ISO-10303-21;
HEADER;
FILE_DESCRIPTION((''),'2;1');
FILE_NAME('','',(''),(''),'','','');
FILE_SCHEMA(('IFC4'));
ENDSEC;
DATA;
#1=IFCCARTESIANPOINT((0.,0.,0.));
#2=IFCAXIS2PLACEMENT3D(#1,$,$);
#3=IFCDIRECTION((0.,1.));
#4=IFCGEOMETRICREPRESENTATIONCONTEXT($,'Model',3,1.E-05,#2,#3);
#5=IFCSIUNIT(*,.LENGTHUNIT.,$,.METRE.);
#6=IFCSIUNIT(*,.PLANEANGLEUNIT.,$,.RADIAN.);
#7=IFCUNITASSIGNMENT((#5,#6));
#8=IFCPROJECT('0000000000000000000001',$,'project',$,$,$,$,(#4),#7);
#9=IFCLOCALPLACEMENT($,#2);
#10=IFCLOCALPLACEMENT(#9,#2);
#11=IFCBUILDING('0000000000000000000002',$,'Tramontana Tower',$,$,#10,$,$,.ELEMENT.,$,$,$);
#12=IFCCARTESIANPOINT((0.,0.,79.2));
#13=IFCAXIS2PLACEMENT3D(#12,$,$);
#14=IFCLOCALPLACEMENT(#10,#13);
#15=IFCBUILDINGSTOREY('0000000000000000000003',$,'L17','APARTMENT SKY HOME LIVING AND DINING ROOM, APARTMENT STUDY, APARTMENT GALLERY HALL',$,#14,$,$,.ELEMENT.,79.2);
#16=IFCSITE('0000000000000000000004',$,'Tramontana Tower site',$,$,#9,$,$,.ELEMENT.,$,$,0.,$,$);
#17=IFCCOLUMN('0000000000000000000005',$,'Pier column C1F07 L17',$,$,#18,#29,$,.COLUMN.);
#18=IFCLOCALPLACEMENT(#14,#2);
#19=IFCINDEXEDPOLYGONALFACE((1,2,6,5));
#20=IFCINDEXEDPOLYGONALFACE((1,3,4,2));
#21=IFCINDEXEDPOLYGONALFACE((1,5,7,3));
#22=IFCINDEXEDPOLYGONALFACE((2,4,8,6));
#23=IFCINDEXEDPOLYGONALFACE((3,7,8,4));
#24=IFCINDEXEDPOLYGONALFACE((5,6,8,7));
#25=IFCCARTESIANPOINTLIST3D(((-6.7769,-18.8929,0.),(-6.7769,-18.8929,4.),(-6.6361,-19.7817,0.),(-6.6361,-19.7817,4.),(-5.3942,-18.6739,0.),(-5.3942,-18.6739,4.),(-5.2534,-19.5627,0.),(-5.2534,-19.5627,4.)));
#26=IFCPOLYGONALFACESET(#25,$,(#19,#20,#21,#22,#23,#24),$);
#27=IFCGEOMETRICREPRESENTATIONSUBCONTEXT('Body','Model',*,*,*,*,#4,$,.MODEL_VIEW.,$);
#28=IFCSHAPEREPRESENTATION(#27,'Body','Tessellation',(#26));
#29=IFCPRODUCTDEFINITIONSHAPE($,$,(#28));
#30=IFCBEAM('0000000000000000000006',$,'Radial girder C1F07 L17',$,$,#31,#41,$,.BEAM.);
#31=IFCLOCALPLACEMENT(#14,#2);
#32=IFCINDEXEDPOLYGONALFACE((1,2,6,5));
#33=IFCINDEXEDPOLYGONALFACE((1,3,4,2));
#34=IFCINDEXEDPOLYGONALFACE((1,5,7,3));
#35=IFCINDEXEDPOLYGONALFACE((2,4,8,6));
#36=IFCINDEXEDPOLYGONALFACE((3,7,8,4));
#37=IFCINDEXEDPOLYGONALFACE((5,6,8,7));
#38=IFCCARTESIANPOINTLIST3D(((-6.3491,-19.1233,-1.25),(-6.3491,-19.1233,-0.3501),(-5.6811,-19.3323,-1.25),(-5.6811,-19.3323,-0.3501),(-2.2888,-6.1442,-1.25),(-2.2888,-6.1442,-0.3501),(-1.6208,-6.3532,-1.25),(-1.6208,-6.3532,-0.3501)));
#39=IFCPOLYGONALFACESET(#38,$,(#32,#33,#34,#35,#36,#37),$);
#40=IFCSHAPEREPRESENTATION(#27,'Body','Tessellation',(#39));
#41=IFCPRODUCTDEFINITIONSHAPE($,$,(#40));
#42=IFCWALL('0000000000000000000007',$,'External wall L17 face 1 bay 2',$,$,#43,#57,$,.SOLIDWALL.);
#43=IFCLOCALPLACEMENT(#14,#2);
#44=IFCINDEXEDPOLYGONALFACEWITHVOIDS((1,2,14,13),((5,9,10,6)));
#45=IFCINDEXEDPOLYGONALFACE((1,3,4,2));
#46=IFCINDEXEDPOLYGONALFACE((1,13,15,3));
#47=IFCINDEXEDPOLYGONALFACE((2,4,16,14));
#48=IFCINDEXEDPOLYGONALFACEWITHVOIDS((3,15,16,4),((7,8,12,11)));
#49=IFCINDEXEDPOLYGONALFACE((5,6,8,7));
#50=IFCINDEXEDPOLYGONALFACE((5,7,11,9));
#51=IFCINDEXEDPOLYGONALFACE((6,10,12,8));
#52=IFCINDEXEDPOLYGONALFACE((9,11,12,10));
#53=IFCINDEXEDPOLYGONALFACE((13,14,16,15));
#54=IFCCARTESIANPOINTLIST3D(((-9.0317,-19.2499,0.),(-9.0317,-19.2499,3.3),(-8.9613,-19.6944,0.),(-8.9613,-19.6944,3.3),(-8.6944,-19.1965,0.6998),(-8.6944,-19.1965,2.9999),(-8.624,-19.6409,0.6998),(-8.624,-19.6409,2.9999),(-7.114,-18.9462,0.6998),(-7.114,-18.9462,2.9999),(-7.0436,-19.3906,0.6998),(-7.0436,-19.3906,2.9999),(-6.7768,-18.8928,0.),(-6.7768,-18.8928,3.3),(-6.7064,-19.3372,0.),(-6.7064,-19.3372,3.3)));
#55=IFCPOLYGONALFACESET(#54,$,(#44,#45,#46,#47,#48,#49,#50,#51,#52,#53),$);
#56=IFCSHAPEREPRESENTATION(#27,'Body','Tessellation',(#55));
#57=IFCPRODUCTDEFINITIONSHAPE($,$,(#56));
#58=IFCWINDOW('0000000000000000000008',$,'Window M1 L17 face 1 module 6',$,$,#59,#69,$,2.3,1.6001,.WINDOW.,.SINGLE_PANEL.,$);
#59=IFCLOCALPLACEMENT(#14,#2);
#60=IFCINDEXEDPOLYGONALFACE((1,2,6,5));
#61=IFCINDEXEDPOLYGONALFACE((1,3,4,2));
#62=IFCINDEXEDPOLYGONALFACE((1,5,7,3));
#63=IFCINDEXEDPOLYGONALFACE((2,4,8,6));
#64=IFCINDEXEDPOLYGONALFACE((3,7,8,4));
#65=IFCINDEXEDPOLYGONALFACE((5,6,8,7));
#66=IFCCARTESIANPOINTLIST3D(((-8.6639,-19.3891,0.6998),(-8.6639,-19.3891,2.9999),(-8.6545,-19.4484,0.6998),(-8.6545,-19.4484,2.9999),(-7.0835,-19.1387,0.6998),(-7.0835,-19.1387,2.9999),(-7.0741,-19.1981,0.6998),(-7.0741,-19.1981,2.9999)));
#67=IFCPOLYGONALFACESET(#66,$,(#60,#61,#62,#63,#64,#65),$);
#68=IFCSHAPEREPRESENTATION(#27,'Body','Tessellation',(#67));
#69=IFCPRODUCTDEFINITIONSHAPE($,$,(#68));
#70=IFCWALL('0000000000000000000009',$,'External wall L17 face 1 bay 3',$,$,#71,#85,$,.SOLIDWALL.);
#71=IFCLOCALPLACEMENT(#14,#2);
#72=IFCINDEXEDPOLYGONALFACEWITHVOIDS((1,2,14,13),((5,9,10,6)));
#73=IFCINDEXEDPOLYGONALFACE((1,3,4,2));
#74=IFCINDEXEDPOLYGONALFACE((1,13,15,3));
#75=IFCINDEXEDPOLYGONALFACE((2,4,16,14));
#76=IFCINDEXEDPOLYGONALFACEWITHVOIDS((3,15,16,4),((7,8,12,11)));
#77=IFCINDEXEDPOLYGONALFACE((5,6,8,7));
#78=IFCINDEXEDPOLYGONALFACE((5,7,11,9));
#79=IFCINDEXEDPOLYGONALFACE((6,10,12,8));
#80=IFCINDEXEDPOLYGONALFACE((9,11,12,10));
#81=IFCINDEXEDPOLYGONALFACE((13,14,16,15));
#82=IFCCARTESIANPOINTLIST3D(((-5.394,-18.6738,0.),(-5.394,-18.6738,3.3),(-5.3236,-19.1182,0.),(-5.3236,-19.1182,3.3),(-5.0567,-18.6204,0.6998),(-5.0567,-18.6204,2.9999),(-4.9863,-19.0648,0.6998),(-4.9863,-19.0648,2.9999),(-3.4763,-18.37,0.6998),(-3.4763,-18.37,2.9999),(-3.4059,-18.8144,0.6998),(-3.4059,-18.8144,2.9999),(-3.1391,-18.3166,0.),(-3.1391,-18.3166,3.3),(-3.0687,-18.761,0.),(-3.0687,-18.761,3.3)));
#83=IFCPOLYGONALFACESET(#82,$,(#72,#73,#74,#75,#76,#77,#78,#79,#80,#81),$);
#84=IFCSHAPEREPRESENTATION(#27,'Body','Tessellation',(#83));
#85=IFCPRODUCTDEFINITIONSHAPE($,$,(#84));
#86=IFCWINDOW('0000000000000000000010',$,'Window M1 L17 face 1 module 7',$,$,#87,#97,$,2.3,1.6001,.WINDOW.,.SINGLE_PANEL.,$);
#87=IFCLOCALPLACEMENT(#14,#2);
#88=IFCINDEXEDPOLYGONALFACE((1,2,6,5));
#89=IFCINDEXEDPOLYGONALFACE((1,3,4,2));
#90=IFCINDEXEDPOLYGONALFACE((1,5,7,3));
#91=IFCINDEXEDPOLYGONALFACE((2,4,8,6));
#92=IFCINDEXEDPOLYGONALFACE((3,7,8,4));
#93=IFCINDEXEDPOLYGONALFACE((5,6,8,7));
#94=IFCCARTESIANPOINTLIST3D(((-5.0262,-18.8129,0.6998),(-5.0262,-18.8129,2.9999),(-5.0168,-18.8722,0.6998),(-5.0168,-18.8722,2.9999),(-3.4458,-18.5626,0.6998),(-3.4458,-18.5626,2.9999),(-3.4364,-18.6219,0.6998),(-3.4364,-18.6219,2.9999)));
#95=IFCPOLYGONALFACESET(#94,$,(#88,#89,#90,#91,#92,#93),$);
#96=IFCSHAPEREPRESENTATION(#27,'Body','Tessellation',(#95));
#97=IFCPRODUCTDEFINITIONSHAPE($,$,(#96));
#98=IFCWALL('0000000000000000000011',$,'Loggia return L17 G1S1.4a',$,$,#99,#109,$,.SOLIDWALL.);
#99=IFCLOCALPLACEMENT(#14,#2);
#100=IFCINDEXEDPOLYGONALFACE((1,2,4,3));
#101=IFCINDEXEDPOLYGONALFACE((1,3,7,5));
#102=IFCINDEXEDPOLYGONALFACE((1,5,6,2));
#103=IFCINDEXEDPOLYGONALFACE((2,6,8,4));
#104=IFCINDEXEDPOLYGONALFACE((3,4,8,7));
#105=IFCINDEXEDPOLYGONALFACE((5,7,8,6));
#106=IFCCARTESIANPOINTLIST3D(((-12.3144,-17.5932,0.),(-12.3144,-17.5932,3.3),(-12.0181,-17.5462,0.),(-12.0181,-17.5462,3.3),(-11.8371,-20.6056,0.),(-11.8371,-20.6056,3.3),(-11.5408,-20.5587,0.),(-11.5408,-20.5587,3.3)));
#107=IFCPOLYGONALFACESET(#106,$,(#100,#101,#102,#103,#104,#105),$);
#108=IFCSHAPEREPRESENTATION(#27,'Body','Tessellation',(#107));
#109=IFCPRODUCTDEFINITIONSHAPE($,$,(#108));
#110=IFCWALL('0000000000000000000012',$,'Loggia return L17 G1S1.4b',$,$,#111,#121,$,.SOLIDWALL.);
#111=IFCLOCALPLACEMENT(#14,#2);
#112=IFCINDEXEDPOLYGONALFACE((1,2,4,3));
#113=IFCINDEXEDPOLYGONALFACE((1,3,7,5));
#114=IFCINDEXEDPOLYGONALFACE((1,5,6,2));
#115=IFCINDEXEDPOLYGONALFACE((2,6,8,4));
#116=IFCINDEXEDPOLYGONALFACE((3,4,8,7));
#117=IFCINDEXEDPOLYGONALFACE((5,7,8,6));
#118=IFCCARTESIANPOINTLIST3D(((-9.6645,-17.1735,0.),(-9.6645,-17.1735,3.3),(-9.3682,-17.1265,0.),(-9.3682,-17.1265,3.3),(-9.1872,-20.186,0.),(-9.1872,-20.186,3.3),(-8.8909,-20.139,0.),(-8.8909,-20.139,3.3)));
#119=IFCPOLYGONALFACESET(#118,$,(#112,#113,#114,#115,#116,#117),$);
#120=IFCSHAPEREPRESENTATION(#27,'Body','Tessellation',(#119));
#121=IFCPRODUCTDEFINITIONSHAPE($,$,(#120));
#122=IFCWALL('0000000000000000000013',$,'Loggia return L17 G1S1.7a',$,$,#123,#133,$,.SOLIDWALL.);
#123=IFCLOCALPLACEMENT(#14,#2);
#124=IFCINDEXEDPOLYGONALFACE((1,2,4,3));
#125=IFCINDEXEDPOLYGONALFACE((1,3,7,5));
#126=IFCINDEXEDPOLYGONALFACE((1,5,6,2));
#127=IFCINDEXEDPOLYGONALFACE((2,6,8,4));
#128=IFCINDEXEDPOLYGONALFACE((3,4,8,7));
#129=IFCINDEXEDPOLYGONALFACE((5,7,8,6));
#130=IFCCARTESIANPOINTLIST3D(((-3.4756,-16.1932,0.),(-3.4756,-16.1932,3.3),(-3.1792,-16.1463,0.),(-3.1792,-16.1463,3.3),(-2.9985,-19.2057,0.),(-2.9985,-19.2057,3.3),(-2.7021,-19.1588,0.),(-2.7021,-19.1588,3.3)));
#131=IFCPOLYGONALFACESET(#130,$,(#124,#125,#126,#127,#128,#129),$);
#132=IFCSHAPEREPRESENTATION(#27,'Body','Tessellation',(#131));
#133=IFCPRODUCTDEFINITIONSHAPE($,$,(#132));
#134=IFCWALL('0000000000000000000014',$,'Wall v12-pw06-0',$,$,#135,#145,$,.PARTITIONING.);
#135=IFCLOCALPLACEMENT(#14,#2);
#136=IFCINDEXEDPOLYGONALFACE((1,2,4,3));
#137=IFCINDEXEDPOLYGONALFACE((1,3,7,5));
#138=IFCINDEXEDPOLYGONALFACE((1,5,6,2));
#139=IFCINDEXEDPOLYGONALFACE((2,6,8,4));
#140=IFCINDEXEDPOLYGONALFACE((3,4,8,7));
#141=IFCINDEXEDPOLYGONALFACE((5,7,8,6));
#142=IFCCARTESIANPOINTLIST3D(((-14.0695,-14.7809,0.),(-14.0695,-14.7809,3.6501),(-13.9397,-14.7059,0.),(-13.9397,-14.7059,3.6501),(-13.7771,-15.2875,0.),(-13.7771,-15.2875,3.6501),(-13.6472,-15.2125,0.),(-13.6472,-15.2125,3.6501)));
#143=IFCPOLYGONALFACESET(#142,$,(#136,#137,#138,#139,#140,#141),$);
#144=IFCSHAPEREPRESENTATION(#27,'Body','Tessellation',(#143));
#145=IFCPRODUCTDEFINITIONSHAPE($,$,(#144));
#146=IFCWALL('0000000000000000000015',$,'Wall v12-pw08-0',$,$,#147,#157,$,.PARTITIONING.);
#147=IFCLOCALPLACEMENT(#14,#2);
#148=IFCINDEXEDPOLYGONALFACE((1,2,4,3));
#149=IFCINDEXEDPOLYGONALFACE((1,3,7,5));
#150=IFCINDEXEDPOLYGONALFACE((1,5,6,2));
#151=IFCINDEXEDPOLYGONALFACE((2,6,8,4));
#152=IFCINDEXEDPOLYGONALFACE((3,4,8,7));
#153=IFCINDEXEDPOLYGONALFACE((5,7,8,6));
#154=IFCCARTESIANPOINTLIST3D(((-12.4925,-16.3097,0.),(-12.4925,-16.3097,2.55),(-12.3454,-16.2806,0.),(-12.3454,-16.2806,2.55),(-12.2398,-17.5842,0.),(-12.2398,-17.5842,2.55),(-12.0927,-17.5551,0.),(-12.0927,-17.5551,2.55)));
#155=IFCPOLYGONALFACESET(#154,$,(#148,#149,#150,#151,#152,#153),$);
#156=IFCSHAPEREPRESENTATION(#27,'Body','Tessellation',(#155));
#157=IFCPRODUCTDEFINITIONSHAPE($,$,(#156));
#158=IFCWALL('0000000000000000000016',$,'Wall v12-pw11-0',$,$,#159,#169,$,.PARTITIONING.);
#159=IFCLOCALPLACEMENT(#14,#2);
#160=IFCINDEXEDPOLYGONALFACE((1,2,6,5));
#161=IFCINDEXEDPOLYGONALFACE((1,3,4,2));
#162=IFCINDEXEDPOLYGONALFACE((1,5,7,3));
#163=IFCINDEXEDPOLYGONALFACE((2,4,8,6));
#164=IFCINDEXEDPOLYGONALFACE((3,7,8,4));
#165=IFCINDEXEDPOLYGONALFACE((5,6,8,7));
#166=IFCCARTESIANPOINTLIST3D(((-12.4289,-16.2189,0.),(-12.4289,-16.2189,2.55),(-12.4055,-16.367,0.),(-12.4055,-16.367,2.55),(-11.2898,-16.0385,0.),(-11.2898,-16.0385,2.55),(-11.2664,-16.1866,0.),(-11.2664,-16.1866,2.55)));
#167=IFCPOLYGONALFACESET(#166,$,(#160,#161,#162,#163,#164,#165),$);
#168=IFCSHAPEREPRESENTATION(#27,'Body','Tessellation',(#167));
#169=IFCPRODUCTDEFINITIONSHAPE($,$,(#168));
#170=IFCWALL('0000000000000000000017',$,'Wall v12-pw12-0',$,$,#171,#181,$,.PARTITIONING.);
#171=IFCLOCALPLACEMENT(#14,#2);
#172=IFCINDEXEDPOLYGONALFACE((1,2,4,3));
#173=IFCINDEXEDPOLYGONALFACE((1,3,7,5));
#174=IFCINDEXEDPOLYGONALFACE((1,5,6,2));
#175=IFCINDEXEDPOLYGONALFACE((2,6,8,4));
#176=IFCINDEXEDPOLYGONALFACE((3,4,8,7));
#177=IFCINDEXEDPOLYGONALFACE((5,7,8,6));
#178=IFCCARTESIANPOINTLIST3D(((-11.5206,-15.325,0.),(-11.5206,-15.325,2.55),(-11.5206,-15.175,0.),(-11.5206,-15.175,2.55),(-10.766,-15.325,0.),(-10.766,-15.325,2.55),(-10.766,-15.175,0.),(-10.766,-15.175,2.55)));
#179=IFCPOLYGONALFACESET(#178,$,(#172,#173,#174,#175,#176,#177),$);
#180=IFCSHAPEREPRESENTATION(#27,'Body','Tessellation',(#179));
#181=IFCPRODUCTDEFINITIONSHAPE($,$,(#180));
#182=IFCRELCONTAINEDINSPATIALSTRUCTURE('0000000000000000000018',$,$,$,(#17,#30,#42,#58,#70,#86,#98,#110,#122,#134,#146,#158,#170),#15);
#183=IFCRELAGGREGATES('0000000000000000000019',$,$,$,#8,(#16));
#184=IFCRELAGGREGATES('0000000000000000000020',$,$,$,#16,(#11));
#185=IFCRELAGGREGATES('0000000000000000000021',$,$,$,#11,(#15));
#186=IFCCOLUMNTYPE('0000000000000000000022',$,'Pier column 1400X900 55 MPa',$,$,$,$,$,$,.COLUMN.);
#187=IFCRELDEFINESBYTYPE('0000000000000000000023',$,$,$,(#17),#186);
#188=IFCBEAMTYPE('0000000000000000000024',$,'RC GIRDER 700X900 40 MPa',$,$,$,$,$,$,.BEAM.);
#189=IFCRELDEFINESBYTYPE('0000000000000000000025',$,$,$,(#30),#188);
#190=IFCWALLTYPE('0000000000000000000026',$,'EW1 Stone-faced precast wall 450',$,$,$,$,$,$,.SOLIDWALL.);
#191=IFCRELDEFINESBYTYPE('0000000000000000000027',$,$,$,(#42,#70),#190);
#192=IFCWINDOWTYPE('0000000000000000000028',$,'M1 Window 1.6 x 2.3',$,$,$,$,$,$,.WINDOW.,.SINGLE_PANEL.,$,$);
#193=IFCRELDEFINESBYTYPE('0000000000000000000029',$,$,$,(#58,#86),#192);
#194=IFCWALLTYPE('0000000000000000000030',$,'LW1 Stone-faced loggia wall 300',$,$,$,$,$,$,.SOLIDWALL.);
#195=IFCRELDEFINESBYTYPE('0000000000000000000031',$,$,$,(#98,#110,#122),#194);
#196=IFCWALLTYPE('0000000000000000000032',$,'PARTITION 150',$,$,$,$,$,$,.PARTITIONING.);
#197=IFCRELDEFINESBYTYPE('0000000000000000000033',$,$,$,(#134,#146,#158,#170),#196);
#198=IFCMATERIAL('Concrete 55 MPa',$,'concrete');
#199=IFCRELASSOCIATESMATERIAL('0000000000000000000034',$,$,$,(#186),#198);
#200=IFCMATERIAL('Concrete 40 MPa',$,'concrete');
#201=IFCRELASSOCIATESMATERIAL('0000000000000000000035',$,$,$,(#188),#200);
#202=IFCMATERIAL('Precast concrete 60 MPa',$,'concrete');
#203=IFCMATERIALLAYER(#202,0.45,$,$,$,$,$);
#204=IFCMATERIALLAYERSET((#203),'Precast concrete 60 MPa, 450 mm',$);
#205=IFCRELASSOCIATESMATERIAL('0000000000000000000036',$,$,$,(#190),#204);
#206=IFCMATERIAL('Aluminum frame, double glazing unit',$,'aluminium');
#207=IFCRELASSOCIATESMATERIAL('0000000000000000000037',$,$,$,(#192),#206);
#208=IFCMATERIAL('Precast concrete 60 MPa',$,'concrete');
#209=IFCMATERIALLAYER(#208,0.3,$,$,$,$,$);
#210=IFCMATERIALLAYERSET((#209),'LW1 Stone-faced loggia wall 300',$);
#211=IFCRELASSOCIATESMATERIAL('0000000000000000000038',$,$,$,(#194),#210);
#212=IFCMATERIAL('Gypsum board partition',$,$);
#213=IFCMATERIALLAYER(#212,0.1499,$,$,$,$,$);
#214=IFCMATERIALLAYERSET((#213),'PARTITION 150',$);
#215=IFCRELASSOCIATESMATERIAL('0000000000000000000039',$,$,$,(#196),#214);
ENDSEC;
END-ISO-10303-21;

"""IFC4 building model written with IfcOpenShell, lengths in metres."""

from ifc_helpers import new_model, si_unit, direction, frame, frame_2d, origin, origin_2d, place, context, subcontext, project, spatial, rectangle, extrude, material, layer, layer_set, material_profile, profile_set, type_object, element, fill, save


model = new_model("IFC4")

# Units and contexts
model_context = context("Model", 3, precision=1e-05, world=origin(), true_north=direction((0.0, 1.0)))
body_context = subcontext(model_context, "Body", "Model", "MODEL_VIEW")
ifc_project = project(units=[si_unit("LENGTHUNIT", "METRE"), si_unit("PLANEANGLEUNIT", "RADIAN")], contexts=[model_context])

# Site, building, storey
site_placement = place(None, origin())
site = spatial("IfcSite", under=ifc_project, at=site_placement, Name="Tramontana Tower site", CompositionType="ELEMENT", RefElevation=0.0)
building_placement = place(site_placement, origin())
building = spatial("IfcBuilding", under=site, at=building_placement, Name="Tramontana Tower", CompositionType="ELEMENT")
storey_placement = place(building_placement, frame((0.0, 0.0, 79.2)))
storey = spatial("IfcBuildingStorey", under=building, at=storey_placement, Name="L17", Description="APARTMENT SKY HOME LIVING AND DINING ROOM, APARTMENT STUDY, APARTMENT GALLERY HALL", CompositionType="ELEMENT", Elevation=79.2)

# Column
ifc_material_1 = material(Name="Concrete 55 MPa", Category="concrete")
ifc_material_profile_1 = material_profile(ifc_material_1, rectangle(XDim=1.3999, YDim=0.8999, at=origin_2d()), Name="Pier column 1400X900 55 MPa")
ifc_profile_set_1 = profile_set([ifc_material_profile_1], Name="Concrete 55 MPa")
column_type = type_object("IfcColumnType", Name="Pier column 1400X900 55 MPa", PredefinedType="COLUMN", material=ifc_profile_set_1)
column_placement = place(storey_placement, frame((-6.0151, -19.2278, 0.0), z_axis=(0.0, 0.0, 1.0), x_axis=(0.987688, 0.156434, 0.0)))
element("IfcColumn", 1, at=column_placement, inside=storey, type_object=column_type, Name="Pier column C1F07 L17", PredefinedType="COLUMN", context=body_context, shape_type="SweptSolid", body=[
    extrude(rectangle(XDim=1.3999, YDim=0.8999, at=origin_2d()), origin(), (0.0, 0.0, 1.0), 4.0),
])

# Beam
ifc_material_2 = material(Name="Concrete 40 MPa", Category="concrete")
ifc_material_profile_2 = material_profile(ifc_material_2, rectangle(XDim=0.7, YDim=0.8999, at=origin_2d()), Name="RC GIRDER 700X900 40 MPa")
ifc_profile_set_2 = profile_set([ifc_material_profile_2], Name="Concrete 40 MPa")
beam_type = type_object("IfcBeamType", Name="RC GIRDER 700X900 40 MPa", PredefinedType="BEAM", material=ifc_profile_set_2)
beam_placement = place(storey_placement, frame((-6.0151, -19.2278, -0.8), z_axis=(0.298567, 0.954389, 0.0), x_axis=(-0.954389, 0.298567, 0.0)))
element("IfcBeam", 2, at=beam_placement, inside=storey, type_object=beam_type, Name="Radial girder C1F07 L17", PredefinedType="BEAM", context=body_context, shape_type="SweptSolid", body=[
    extrude(rectangle(XDim=0.7, YDim=0.8999, at=origin_2d()), origin(), (0.0, 0.0, 1.0), 13.5994),
])

# Walls, openings, windows
ifc_material_3 = material(Name="Precast concrete 60 MPa", Category="concrete")
ifc_layer_1 = layer(ifc_material_3, 0.45)
ifc_layer_set_1 = layer_set([ifc_layer_1], Name="Precast concrete 60 MPa, 450 mm")
wall_type_1 = type_object("IfcWallType", Name="EW1 Stone-faced precast wall 450", PredefinedType="SOLIDWALL", material=ifc_layer_set_1)
wall_1_placement = place(storey_placement, frame((-8.9966, -19.4722, 0.0), z_axis=(0.0, 0.0, 1.0), x_axis=(0.987686, 0.156451, 0.0)))
wall_1 = element("IfcWall", 3, at=wall_1_placement, inside=storey, type_object=wall_type_1, Name="External wall L17 face 1 bay 2", PredefinedType="SOLIDWALL", context=body_context, shape_type="SweptSolid", body=[
    extrude(rectangle(XDim=2.283, YDim=0.45, at=frame_2d((1.1416, 0.0))), origin(), (0.0, 0.0, 1.0), 3.3),
])
opening_1_placement = place(wall_1_placement, frame((0.3416, 0.0, 0.7)))
opening_1 = element("IfcOpeningElement", 4, at=opening_1_placement, cuts=wall_1, PredefinedType="OPENING", context=body_context, shape_type="SweptSolid", body=[
    extrude(rectangle(XDim=1.6001, YDim=2.3, at=frame_2d((0.8, 1.1499))), frame((0.0, 0.2349, 0.0), z_axis=(0.0, -1.0, 0.0), x_axis=(1.0, 0.0, 0.0)), (0.0, 0.0, 1.0), 0.47),
])
ifc_material_4 = material(Name="Aluminum frame, double glazing unit", Category="aluminium")
window_type = type_object("IfcWindowType", Name="M1 Window 1.6 x 2.3", PartitioningType="SINGLE_PANEL", PredefinedType="WINDOW", material=ifc_material_4)
window_1_placement = place(opening_1_placement, origin())
window_1 = element("IfcWindow", 5, at=window_1_placement, inside=storey, type_object=window_type, Name="Window M1 L17 face 1 module 6", OverallHeight=2.3, OverallWidth=1.6001, PartitioningType="SINGLE_PANEL", PredefinedType="WINDOW", context=body_context, shape_type="SweptSolid", body=[
    extrude(rectangle(XDim=1.6001, YDim=2.3, at=frame_2d((0.8, 1.1499))), frame((0.0, 0.03, 0.0), z_axis=(0.0, -1.0, 0.0), x_axis=(1.0, 0.0, 0.0)), (0.0, 0.0, 1.0), 0.0601),
])
fill(opening_1, window_1)
wall_2_placement = place(storey_placement, frame((-5.3589, -18.896, 0.0), z_axis=(0.0, 0.0, 1.0), x_axis=(0.987686, 0.156451, 0.0)))
wall_2 = element("IfcWall", 6, at=wall_2_placement, inside=storey, type_object=wall_type_1, Name="External wall L17 face 1 bay 3", PredefinedType="SOLIDWALL", context=body_context, shape_type="SweptSolid", body=[
    extrude(rectangle(XDim=2.283, YDim=0.45, at=frame_2d((1.1416, 0.0))), origin(), (0.0, 0.0, 1.0), 3.3),
])
opening_2_placement = place(wall_2_placement, frame((0.3416, 0.0, 0.7)))
opening_2 = element("IfcOpeningElement", 7, at=opening_2_placement, cuts=wall_2, PredefinedType="OPENING", context=body_context, shape_type="SweptSolid", body=[
    extrude(rectangle(XDim=1.6001, YDim=2.3, at=frame_2d((0.8, 1.1499))), frame((0.0, 0.2349, 0.0), z_axis=(0.0, -1.0, 0.0), x_axis=(1.0, 0.0, 0.0)), (0.0, 0.0, 1.0), 0.47),
])
window_2_placement = place(opening_2_placement, origin())
window_2 = element("IfcWindow", 8, at=window_2_placement, inside=storey, type_object=window_type, Name="Window M1 L17 face 1 module 7", OverallHeight=2.3, OverallWidth=1.6001, PartitioningType="SINGLE_PANEL", PredefinedType="WINDOW", context=body_context, shape_type="SweptSolid", body=[
    extrude(rectangle(XDim=1.6001, YDim=2.3, at=frame_2d((0.8, 1.1499))), frame((0.0, 0.03, 0.0), z_axis=(0.0, -1.0, 0.0), x_axis=(1.0, 0.0, 0.0)), (0.0, 0.0, 1.0), 0.0601),
])
fill(opening_2, window_2)

# Shared definitions
ifc_material_5 = material(Name="Precast concrete 60 MPa", Category="concrete")
ifc_layer_2 = layer(ifc_material_5, 0.3)
ifc_layer_set_2 = layer_set([ifc_layer_2], Name="LW1 Stone-faced loggia wall 300")
wall_type_2 = type_object("IfcWallType", Name="LW1 Stone-faced loggia wall 300", PredefinedType="SOLIDWALL", material=ifc_layer_set_2)

# Walls
for number, where, z_axis, x_axis, name in (
    (9, (-11.689, -20.582, 0.0), (0.0, 0.0, 1.0), (-0.156489, 0.98768, 0.0), "Loggia return L17 G1S1.4a"),
    (10, (-9.0391, -20.1624, 0.0), (0.0, 0.0, 1.0), (-0.156489, 0.98768, 0.0), "Loggia return L17 G1S1.4b"),
):
    element("IfcWall", number, at=place(storey_placement, frame(where, z_axis=z_axis, x_axis=x_axis)), inside=storey, type_object=wall_type_2, Name=name, PredefinedType="SOLIDWALL", context=body_context, shape_type="SweptSolid", body=[
        extrude(rectangle(XDim=3.05, YDim=0.3, at=frame_2d((1.5249, 0.0))), origin(), (0.0, 0.0, 1.0), 3.3),
    ])

# Walls
wall_3_placement = place(storey_placement, frame((-2.8503, -19.1821, 0.0), z_axis=(0.0, 0.0, 1.0), x_axis=(-0.156411, 0.987692, 0.0)))
element("IfcWall", 11, at=wall_3_placement, inside=storey, type_object=wall_type_2, Name="Loggia return L17 G1S1.7a", PredefinedType="SOLIDWALL", context=body_context, shape_type="SweptSolid", body=[
    extrude(rectangle(XDim=3.05, YDim=0.3, at=frame_2d((1.5249, 0.0))), origin(), (0.0, 0.0, 1.0), 3.3),
])
ifc_material_6 = material(Name="Gypsum board partition")
ifc_layer_3 = layer(ifc_material_6, 0.1499)
ifc_layer_set_3 = layer_set([ifc_layer_3], Name="PARTITION 150")
wall_type_3 = type_object("IfcWallType", Name="PARTITION 150", PredefinedType="PARTITIONING", material=ifc_layer_set_3)
wall_4_placement = place(storey_placement, frame((-13.7122, -15.25, 0.0), z_axis=(0.0, 0.0, 1.0), x_axis=(-0.499999, 0.866026, 0.0)))
element("IfcWall", 12, at=wall_4_placement, inside=storey, type_object=wall_type_3, Name="Wall v12-pw06-0", PredefinedType="PARTITIONING", context=body_context, shape_type="SweptSolid", body=[
    extrude(rectangle(XDim=0.585, YDim=0.1499, at=frame_2d((0.2925, 0.0))), origin(), (0.0, 0.0, 1.0), 3.6501),
])
wall_5_placement = place(storey_placement, frame((-12.4189, -16.2952, 0.0), z_axis=(0.0, 0.0, 1.0), x_axis=(0.19449, -0.980905, 0.0)))
element("IfcWall", 13, at=wall_5_placement, inside=storey, type_object=wall_type_3, Name="Wall v12-pw08-0", PredefinedType="PARTITIONING", context=body_context, shape_type="SweptSolid", body=[
    extrude(rectangle(XDim=1.2993, YDim=0.1499, at=frame_2d((0.6497, 0.0))), origin(), (0.0, 0.0, 1.0), 2.55),
])
wall_6_placement = place(storey_placement, frame((-11.2781, -16.1125, 0.0), z_axis=(0.0, 0.0, 1.0), x_axis=(-0.987689, -0.15643, 0.0)))
element("IfcWall", 14, at=wall_6_placement, inside=storey, type_object=wall_type_3, Name="Wall v12-pw11-0", PredefinedType="PARTITIONING", context=body_context, shape_type="SweptSolid", body=[
    extrude(rectangle(XDim=1.1533, YDim=0.1499, at=frame_2d((0.5767, 0.0))), origin(), (0.0, 0.0, 1.0), 2.55),
])
wall_7_placement = place(storey_placement, frame((-10.7659, -15.25, 0.0), z_axis=(0.0, 0.0, 1.0), x_axis=(-1.0, 0.0, 0.0)))
element("IfcWall", 15, at=wall_7_placement, inside=storey, type_object=wall_type_3, Name="Wall v12-pw12-0", PredefinedType="PARTITIONING", context=body_context, shape_type="SweptSolid", body=[
    extrude(rectangle(XDim=0.7546, YDim=0.1499, at=frame_2d((0.3774, 0.0))), origin(), (0.0, 0.0, 1.0), 2.55),
])

save(model, "model.ifc")
